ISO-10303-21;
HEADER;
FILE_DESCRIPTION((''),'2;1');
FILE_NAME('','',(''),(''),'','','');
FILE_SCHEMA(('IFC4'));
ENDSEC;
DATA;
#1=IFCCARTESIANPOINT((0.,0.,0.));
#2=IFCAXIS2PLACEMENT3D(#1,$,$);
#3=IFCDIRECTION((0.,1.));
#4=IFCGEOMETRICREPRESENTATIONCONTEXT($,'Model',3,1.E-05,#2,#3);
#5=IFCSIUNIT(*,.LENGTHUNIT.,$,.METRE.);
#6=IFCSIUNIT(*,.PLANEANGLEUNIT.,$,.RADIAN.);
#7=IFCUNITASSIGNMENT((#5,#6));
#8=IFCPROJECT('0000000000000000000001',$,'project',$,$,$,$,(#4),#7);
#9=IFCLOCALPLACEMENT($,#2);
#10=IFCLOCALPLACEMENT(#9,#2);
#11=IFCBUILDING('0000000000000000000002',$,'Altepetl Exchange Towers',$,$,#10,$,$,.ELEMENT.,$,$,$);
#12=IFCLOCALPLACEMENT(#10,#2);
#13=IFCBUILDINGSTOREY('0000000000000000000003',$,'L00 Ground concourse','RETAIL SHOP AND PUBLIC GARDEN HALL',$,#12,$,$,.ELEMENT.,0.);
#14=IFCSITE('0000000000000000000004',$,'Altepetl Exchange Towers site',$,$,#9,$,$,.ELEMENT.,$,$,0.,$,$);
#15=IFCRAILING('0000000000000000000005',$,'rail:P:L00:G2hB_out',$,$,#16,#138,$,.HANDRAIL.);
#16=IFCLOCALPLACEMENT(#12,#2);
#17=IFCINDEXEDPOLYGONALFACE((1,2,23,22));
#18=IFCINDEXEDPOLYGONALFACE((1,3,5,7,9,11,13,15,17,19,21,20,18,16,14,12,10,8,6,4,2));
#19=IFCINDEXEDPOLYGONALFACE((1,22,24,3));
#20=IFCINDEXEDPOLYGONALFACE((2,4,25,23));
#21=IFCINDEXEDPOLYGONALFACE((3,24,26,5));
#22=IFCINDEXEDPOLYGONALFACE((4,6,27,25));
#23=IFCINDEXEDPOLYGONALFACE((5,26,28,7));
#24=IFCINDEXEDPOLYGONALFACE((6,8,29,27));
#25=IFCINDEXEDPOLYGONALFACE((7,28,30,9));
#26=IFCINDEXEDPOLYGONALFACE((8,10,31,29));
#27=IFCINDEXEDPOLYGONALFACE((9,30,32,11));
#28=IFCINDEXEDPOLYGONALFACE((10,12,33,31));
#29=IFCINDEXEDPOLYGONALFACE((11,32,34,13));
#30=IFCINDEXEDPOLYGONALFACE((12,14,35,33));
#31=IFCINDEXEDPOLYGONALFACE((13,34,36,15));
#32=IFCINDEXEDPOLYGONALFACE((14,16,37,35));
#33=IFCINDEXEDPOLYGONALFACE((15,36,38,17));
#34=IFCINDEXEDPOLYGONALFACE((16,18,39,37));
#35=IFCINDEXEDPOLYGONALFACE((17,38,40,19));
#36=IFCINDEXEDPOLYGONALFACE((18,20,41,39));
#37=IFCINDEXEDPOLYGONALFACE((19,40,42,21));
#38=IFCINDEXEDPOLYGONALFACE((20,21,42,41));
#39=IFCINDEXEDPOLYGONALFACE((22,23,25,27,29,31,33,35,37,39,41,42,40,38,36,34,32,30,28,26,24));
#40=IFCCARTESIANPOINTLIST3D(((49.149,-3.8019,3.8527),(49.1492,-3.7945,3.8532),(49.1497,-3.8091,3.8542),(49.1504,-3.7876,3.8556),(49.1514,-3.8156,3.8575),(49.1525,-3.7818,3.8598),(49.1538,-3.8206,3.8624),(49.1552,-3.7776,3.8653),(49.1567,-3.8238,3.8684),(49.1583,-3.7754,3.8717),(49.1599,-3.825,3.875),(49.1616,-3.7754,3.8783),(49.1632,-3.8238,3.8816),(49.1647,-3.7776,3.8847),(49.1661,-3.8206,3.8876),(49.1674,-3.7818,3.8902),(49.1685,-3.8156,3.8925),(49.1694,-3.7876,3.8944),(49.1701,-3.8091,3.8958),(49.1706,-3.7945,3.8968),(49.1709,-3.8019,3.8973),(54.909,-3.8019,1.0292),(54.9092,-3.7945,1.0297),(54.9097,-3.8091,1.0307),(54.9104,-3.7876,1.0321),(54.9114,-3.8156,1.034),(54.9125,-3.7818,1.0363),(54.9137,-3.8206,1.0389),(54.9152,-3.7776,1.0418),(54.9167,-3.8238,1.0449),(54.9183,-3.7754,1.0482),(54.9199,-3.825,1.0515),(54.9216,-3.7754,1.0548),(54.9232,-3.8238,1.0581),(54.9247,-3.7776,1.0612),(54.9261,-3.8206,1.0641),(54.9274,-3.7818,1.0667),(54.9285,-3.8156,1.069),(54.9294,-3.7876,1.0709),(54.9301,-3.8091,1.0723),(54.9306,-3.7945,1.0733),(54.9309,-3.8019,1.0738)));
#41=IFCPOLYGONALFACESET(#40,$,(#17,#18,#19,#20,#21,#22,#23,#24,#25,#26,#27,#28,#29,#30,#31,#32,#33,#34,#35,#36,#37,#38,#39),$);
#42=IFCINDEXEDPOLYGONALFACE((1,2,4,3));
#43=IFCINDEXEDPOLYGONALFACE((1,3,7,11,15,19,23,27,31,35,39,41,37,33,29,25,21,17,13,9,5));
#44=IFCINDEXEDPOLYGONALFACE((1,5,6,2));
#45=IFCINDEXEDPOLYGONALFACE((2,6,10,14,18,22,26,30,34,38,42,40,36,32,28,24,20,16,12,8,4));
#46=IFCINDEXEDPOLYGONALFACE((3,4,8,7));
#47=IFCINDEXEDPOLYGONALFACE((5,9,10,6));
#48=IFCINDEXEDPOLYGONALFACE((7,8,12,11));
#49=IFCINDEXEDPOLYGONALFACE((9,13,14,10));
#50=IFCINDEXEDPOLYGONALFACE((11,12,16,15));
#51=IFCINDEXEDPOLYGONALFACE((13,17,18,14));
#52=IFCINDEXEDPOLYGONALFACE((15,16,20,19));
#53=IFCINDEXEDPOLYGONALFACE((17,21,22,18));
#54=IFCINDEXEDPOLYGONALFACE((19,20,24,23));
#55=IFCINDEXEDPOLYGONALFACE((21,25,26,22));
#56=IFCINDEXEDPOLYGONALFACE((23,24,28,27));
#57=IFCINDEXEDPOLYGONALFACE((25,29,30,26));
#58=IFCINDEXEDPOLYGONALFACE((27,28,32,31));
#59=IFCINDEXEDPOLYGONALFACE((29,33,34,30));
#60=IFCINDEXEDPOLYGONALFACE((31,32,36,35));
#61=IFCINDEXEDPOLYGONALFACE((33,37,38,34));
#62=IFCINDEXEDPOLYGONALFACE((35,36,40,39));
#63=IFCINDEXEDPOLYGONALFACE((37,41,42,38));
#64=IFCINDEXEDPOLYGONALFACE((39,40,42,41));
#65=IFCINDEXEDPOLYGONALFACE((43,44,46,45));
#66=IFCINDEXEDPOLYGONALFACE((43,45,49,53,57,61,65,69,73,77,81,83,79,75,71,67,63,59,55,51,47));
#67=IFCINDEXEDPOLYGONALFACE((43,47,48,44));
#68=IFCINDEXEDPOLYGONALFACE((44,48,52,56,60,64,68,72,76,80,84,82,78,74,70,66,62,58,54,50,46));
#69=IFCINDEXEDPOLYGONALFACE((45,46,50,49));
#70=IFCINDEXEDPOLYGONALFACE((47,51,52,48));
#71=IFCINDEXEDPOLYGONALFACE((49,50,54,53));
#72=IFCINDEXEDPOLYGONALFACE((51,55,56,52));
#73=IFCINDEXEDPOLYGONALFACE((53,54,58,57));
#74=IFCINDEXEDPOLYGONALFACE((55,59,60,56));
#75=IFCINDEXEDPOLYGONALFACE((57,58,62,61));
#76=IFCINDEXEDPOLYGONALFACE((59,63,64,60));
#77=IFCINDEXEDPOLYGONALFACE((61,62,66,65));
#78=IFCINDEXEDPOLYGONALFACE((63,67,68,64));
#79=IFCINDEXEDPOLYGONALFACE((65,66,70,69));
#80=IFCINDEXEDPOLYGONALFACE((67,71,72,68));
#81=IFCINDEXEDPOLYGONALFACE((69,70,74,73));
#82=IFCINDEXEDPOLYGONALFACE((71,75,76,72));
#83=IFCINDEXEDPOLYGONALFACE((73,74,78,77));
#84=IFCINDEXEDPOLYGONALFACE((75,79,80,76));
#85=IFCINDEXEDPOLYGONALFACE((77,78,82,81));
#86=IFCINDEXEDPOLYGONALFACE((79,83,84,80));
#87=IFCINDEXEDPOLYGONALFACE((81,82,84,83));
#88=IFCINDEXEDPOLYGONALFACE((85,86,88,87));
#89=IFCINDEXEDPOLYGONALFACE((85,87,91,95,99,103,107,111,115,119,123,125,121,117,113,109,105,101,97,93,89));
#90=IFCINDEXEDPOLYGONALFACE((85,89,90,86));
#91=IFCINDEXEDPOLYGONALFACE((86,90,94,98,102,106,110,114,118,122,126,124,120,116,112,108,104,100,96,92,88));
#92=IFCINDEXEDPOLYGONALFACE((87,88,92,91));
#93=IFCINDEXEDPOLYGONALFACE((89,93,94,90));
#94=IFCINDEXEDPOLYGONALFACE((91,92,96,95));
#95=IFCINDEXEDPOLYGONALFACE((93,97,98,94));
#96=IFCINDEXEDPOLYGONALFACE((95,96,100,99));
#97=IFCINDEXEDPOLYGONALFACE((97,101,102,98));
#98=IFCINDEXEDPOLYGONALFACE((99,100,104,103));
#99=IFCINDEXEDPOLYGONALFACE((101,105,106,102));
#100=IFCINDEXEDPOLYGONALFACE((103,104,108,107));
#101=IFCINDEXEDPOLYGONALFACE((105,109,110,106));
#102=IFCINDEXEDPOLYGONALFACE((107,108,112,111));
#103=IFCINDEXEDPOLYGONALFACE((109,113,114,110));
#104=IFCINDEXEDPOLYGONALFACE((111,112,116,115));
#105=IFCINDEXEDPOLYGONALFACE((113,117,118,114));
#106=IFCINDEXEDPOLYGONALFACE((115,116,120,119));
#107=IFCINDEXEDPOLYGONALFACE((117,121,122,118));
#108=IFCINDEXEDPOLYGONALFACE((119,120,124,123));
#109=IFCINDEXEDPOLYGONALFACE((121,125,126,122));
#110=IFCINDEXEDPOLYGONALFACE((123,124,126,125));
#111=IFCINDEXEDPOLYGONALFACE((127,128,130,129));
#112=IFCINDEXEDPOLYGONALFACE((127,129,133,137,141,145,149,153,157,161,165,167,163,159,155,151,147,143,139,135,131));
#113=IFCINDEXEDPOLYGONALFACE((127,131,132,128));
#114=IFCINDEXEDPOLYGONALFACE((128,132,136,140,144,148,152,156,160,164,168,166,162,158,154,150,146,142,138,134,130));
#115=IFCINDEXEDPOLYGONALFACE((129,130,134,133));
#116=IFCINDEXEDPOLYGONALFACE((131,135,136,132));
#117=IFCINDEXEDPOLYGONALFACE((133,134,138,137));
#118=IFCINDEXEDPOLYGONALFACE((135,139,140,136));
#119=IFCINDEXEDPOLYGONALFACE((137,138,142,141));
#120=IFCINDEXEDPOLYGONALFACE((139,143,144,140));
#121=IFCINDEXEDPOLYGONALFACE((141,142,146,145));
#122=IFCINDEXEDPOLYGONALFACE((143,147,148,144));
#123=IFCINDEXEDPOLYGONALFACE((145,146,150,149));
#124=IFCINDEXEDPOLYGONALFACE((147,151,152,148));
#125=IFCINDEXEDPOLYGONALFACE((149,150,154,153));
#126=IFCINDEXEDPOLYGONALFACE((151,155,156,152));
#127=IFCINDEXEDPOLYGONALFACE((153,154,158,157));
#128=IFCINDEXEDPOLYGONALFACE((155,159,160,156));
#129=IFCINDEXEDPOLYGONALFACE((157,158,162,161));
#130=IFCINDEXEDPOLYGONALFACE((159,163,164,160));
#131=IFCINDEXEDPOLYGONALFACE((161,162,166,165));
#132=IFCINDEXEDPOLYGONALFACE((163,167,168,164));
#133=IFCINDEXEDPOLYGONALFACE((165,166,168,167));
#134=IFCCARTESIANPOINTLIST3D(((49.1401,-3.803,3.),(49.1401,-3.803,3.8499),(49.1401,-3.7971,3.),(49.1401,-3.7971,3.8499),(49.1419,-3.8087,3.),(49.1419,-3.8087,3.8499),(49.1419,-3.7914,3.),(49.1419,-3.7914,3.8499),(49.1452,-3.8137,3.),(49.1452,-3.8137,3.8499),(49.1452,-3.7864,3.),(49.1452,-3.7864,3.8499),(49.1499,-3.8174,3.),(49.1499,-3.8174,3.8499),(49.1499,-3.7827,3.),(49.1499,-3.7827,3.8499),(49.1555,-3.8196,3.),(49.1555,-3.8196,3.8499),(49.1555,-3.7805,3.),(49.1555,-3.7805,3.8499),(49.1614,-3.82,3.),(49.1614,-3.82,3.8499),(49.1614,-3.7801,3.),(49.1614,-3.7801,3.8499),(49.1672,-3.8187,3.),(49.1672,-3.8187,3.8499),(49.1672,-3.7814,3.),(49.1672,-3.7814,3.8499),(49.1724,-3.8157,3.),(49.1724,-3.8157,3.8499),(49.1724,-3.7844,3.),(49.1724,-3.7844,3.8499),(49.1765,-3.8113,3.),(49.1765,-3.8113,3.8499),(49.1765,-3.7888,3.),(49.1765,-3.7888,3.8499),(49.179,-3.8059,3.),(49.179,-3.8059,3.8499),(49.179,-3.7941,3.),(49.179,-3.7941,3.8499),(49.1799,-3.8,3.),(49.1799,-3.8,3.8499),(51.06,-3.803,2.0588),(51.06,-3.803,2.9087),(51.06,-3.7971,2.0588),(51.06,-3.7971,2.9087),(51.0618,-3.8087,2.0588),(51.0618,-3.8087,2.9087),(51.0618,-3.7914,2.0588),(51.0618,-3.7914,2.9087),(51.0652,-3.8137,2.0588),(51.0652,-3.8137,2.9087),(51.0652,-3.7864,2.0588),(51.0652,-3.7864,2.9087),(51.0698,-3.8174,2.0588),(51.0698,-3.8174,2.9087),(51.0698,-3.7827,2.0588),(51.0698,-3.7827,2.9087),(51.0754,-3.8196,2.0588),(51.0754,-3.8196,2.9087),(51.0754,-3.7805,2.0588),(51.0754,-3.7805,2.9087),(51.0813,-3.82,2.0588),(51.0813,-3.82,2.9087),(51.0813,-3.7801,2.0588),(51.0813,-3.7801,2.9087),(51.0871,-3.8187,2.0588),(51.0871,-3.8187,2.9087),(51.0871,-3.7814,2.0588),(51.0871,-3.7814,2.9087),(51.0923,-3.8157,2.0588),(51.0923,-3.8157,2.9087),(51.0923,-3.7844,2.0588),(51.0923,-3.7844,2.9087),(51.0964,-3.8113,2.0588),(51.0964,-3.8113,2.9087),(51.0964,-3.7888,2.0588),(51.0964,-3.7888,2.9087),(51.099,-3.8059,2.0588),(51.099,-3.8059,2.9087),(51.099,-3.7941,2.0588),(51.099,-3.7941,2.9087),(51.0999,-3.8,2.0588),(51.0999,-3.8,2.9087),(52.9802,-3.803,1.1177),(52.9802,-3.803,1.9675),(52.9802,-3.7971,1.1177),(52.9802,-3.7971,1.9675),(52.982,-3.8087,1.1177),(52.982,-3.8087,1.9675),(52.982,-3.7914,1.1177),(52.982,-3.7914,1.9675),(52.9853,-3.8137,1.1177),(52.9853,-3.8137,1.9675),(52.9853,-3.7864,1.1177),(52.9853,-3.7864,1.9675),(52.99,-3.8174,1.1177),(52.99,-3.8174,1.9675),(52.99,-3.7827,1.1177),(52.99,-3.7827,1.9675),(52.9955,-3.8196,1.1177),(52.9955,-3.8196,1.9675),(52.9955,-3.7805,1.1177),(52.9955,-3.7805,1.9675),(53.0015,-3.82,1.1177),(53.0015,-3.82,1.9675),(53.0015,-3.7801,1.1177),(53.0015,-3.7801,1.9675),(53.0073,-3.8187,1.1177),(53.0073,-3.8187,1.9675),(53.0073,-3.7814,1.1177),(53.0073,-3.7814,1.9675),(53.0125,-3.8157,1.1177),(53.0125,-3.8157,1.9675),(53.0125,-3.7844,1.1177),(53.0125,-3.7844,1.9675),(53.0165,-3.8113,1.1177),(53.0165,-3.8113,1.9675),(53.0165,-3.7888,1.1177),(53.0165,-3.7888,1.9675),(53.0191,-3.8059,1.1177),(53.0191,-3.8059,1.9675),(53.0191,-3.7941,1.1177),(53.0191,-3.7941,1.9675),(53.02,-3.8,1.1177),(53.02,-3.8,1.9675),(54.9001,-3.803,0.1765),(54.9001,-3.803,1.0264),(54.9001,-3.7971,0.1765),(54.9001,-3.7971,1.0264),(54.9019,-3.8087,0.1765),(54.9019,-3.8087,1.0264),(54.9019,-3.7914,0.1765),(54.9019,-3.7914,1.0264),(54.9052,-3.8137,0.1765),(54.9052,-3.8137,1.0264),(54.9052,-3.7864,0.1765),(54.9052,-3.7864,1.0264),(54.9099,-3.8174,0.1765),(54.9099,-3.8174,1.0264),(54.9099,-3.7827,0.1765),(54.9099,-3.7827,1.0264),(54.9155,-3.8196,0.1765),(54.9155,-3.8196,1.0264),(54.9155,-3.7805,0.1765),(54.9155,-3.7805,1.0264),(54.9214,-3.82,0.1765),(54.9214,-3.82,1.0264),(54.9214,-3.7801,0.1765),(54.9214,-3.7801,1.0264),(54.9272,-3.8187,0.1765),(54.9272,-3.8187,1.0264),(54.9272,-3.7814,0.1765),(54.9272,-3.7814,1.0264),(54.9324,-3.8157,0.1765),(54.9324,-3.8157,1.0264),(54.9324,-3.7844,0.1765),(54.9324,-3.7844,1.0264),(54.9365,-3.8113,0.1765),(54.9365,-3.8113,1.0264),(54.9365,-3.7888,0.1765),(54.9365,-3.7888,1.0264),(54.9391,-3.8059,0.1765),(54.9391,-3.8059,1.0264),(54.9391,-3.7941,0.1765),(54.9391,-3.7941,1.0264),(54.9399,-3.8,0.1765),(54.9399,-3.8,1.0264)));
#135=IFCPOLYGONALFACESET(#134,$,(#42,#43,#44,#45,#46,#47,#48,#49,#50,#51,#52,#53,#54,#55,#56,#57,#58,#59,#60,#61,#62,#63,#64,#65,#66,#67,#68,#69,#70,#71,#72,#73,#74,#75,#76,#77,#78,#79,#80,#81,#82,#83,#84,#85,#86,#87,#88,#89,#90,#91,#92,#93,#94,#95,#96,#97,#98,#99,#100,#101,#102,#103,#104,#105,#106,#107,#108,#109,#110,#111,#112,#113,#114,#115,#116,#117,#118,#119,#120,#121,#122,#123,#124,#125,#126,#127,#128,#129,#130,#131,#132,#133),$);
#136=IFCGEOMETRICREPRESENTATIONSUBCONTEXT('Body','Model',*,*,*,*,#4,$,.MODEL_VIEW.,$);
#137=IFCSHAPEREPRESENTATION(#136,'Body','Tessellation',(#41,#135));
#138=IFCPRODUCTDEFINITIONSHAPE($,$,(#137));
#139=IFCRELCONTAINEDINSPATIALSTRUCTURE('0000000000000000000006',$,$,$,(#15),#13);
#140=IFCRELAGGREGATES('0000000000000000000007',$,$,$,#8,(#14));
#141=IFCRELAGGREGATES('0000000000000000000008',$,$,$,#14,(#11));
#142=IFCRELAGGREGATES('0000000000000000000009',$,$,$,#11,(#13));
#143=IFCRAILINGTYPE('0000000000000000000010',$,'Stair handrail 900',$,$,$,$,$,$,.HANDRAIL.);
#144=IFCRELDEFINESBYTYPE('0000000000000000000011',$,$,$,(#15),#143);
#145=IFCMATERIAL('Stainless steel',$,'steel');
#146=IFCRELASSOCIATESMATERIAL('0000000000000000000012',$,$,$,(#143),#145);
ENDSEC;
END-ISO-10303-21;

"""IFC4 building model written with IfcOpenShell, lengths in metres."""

from ifc_helpers import new_model, si_unit, direction, frame, origin, origin_2d, place, context, subcontext, project, spatial, circle, extrude, source, transform, mapped, material, type_object, element, save


model = new_model("IFC4")

# Units and contexts
model_context = context("Model", 3, precision=1e-05, world=origin(), true_north=direction((0.0, 1.0)))
body_context = subcontext(model_context, "Body", "Model", "MODEL_VIEW")
ifc_project = project(units=[si_unit("LENGTHUNIT", "METRE"), si_unit("PLANEANGLEUNIT", "RADIAN")], contexts=[model_context])

# Site, building, storey
site_placement = place(None, origin())
site = spatial("IfcSite", under=ifc_project, at=site_placement, Name="Altepetl Exchange Towers site", CompositionType="ELEMENT", RefElevation=0.0)
building_placement = place(site_placement, origin())
building = spatial("IfcBuilding", under=site, at=building_placement, Name="Altepetl Exchange Towers", CompositionType="ELEMENT")
storey_placement = place(building_placement, origin())
storey = spatial("IfcBuildingStorey", under=building, at=storey_placement, Name="L00 Ground concourse", Description="RETAIL SHOP AND PUBLIC GARDEN HALL", CompositionType="ELEMENT", Elevation=0.0)

# Railing
ifc_material_1 = material(Name="Stainless steel", Category="steel")
railing_type_1 = type_object("IfcRailingType", Name="Stair handrail 900", PredefinedType="HANDRAIL", material=ifc_material_1)
shared_shape_1 = source(origin(), body_context, "Body", "SweptSolid", [
    extrude(circle(Radius=0.02, at=origin_2d()), origin(), (0.0, 0.0, 1.0), 0.8499),
])
for number, where, name in (
    (1, (54.9199, -3.8, 0.1765), "rail:P:L00:G2hB_out"),
):
    element("IfcRailing", number, at=place(storey_placement, frame(where)), inside=storey, type_object=railing_type_1, Name=name, PredefinedType="HANDRAIL", context=body_context, shape_type="SweptSolid", body=[
        extrude(circle(Radius=0.0249, at=origin_2d()), frame((0.0, 0.0, 0.875), z_axis=(-0.897924, 0.0, 0.440151), x_axis=(0.0, -1.0, 0.0)), (0.0, 0.0, 1.0), 6.4148),
        mapped(shared_shape_1, transform((0.0, 0.0, 0.0))),
        mapped(shared_shape_1, transform((-1.9199, 0.0, 0.9412))),
        mapped(shared_shape_1, transform((-3.8401, 0.0, 1.8823))),
        mapped(shared_shape_1, transform((-5.76, 0.0, 2.8235))),
    ])

save(model, "model.ifc")
